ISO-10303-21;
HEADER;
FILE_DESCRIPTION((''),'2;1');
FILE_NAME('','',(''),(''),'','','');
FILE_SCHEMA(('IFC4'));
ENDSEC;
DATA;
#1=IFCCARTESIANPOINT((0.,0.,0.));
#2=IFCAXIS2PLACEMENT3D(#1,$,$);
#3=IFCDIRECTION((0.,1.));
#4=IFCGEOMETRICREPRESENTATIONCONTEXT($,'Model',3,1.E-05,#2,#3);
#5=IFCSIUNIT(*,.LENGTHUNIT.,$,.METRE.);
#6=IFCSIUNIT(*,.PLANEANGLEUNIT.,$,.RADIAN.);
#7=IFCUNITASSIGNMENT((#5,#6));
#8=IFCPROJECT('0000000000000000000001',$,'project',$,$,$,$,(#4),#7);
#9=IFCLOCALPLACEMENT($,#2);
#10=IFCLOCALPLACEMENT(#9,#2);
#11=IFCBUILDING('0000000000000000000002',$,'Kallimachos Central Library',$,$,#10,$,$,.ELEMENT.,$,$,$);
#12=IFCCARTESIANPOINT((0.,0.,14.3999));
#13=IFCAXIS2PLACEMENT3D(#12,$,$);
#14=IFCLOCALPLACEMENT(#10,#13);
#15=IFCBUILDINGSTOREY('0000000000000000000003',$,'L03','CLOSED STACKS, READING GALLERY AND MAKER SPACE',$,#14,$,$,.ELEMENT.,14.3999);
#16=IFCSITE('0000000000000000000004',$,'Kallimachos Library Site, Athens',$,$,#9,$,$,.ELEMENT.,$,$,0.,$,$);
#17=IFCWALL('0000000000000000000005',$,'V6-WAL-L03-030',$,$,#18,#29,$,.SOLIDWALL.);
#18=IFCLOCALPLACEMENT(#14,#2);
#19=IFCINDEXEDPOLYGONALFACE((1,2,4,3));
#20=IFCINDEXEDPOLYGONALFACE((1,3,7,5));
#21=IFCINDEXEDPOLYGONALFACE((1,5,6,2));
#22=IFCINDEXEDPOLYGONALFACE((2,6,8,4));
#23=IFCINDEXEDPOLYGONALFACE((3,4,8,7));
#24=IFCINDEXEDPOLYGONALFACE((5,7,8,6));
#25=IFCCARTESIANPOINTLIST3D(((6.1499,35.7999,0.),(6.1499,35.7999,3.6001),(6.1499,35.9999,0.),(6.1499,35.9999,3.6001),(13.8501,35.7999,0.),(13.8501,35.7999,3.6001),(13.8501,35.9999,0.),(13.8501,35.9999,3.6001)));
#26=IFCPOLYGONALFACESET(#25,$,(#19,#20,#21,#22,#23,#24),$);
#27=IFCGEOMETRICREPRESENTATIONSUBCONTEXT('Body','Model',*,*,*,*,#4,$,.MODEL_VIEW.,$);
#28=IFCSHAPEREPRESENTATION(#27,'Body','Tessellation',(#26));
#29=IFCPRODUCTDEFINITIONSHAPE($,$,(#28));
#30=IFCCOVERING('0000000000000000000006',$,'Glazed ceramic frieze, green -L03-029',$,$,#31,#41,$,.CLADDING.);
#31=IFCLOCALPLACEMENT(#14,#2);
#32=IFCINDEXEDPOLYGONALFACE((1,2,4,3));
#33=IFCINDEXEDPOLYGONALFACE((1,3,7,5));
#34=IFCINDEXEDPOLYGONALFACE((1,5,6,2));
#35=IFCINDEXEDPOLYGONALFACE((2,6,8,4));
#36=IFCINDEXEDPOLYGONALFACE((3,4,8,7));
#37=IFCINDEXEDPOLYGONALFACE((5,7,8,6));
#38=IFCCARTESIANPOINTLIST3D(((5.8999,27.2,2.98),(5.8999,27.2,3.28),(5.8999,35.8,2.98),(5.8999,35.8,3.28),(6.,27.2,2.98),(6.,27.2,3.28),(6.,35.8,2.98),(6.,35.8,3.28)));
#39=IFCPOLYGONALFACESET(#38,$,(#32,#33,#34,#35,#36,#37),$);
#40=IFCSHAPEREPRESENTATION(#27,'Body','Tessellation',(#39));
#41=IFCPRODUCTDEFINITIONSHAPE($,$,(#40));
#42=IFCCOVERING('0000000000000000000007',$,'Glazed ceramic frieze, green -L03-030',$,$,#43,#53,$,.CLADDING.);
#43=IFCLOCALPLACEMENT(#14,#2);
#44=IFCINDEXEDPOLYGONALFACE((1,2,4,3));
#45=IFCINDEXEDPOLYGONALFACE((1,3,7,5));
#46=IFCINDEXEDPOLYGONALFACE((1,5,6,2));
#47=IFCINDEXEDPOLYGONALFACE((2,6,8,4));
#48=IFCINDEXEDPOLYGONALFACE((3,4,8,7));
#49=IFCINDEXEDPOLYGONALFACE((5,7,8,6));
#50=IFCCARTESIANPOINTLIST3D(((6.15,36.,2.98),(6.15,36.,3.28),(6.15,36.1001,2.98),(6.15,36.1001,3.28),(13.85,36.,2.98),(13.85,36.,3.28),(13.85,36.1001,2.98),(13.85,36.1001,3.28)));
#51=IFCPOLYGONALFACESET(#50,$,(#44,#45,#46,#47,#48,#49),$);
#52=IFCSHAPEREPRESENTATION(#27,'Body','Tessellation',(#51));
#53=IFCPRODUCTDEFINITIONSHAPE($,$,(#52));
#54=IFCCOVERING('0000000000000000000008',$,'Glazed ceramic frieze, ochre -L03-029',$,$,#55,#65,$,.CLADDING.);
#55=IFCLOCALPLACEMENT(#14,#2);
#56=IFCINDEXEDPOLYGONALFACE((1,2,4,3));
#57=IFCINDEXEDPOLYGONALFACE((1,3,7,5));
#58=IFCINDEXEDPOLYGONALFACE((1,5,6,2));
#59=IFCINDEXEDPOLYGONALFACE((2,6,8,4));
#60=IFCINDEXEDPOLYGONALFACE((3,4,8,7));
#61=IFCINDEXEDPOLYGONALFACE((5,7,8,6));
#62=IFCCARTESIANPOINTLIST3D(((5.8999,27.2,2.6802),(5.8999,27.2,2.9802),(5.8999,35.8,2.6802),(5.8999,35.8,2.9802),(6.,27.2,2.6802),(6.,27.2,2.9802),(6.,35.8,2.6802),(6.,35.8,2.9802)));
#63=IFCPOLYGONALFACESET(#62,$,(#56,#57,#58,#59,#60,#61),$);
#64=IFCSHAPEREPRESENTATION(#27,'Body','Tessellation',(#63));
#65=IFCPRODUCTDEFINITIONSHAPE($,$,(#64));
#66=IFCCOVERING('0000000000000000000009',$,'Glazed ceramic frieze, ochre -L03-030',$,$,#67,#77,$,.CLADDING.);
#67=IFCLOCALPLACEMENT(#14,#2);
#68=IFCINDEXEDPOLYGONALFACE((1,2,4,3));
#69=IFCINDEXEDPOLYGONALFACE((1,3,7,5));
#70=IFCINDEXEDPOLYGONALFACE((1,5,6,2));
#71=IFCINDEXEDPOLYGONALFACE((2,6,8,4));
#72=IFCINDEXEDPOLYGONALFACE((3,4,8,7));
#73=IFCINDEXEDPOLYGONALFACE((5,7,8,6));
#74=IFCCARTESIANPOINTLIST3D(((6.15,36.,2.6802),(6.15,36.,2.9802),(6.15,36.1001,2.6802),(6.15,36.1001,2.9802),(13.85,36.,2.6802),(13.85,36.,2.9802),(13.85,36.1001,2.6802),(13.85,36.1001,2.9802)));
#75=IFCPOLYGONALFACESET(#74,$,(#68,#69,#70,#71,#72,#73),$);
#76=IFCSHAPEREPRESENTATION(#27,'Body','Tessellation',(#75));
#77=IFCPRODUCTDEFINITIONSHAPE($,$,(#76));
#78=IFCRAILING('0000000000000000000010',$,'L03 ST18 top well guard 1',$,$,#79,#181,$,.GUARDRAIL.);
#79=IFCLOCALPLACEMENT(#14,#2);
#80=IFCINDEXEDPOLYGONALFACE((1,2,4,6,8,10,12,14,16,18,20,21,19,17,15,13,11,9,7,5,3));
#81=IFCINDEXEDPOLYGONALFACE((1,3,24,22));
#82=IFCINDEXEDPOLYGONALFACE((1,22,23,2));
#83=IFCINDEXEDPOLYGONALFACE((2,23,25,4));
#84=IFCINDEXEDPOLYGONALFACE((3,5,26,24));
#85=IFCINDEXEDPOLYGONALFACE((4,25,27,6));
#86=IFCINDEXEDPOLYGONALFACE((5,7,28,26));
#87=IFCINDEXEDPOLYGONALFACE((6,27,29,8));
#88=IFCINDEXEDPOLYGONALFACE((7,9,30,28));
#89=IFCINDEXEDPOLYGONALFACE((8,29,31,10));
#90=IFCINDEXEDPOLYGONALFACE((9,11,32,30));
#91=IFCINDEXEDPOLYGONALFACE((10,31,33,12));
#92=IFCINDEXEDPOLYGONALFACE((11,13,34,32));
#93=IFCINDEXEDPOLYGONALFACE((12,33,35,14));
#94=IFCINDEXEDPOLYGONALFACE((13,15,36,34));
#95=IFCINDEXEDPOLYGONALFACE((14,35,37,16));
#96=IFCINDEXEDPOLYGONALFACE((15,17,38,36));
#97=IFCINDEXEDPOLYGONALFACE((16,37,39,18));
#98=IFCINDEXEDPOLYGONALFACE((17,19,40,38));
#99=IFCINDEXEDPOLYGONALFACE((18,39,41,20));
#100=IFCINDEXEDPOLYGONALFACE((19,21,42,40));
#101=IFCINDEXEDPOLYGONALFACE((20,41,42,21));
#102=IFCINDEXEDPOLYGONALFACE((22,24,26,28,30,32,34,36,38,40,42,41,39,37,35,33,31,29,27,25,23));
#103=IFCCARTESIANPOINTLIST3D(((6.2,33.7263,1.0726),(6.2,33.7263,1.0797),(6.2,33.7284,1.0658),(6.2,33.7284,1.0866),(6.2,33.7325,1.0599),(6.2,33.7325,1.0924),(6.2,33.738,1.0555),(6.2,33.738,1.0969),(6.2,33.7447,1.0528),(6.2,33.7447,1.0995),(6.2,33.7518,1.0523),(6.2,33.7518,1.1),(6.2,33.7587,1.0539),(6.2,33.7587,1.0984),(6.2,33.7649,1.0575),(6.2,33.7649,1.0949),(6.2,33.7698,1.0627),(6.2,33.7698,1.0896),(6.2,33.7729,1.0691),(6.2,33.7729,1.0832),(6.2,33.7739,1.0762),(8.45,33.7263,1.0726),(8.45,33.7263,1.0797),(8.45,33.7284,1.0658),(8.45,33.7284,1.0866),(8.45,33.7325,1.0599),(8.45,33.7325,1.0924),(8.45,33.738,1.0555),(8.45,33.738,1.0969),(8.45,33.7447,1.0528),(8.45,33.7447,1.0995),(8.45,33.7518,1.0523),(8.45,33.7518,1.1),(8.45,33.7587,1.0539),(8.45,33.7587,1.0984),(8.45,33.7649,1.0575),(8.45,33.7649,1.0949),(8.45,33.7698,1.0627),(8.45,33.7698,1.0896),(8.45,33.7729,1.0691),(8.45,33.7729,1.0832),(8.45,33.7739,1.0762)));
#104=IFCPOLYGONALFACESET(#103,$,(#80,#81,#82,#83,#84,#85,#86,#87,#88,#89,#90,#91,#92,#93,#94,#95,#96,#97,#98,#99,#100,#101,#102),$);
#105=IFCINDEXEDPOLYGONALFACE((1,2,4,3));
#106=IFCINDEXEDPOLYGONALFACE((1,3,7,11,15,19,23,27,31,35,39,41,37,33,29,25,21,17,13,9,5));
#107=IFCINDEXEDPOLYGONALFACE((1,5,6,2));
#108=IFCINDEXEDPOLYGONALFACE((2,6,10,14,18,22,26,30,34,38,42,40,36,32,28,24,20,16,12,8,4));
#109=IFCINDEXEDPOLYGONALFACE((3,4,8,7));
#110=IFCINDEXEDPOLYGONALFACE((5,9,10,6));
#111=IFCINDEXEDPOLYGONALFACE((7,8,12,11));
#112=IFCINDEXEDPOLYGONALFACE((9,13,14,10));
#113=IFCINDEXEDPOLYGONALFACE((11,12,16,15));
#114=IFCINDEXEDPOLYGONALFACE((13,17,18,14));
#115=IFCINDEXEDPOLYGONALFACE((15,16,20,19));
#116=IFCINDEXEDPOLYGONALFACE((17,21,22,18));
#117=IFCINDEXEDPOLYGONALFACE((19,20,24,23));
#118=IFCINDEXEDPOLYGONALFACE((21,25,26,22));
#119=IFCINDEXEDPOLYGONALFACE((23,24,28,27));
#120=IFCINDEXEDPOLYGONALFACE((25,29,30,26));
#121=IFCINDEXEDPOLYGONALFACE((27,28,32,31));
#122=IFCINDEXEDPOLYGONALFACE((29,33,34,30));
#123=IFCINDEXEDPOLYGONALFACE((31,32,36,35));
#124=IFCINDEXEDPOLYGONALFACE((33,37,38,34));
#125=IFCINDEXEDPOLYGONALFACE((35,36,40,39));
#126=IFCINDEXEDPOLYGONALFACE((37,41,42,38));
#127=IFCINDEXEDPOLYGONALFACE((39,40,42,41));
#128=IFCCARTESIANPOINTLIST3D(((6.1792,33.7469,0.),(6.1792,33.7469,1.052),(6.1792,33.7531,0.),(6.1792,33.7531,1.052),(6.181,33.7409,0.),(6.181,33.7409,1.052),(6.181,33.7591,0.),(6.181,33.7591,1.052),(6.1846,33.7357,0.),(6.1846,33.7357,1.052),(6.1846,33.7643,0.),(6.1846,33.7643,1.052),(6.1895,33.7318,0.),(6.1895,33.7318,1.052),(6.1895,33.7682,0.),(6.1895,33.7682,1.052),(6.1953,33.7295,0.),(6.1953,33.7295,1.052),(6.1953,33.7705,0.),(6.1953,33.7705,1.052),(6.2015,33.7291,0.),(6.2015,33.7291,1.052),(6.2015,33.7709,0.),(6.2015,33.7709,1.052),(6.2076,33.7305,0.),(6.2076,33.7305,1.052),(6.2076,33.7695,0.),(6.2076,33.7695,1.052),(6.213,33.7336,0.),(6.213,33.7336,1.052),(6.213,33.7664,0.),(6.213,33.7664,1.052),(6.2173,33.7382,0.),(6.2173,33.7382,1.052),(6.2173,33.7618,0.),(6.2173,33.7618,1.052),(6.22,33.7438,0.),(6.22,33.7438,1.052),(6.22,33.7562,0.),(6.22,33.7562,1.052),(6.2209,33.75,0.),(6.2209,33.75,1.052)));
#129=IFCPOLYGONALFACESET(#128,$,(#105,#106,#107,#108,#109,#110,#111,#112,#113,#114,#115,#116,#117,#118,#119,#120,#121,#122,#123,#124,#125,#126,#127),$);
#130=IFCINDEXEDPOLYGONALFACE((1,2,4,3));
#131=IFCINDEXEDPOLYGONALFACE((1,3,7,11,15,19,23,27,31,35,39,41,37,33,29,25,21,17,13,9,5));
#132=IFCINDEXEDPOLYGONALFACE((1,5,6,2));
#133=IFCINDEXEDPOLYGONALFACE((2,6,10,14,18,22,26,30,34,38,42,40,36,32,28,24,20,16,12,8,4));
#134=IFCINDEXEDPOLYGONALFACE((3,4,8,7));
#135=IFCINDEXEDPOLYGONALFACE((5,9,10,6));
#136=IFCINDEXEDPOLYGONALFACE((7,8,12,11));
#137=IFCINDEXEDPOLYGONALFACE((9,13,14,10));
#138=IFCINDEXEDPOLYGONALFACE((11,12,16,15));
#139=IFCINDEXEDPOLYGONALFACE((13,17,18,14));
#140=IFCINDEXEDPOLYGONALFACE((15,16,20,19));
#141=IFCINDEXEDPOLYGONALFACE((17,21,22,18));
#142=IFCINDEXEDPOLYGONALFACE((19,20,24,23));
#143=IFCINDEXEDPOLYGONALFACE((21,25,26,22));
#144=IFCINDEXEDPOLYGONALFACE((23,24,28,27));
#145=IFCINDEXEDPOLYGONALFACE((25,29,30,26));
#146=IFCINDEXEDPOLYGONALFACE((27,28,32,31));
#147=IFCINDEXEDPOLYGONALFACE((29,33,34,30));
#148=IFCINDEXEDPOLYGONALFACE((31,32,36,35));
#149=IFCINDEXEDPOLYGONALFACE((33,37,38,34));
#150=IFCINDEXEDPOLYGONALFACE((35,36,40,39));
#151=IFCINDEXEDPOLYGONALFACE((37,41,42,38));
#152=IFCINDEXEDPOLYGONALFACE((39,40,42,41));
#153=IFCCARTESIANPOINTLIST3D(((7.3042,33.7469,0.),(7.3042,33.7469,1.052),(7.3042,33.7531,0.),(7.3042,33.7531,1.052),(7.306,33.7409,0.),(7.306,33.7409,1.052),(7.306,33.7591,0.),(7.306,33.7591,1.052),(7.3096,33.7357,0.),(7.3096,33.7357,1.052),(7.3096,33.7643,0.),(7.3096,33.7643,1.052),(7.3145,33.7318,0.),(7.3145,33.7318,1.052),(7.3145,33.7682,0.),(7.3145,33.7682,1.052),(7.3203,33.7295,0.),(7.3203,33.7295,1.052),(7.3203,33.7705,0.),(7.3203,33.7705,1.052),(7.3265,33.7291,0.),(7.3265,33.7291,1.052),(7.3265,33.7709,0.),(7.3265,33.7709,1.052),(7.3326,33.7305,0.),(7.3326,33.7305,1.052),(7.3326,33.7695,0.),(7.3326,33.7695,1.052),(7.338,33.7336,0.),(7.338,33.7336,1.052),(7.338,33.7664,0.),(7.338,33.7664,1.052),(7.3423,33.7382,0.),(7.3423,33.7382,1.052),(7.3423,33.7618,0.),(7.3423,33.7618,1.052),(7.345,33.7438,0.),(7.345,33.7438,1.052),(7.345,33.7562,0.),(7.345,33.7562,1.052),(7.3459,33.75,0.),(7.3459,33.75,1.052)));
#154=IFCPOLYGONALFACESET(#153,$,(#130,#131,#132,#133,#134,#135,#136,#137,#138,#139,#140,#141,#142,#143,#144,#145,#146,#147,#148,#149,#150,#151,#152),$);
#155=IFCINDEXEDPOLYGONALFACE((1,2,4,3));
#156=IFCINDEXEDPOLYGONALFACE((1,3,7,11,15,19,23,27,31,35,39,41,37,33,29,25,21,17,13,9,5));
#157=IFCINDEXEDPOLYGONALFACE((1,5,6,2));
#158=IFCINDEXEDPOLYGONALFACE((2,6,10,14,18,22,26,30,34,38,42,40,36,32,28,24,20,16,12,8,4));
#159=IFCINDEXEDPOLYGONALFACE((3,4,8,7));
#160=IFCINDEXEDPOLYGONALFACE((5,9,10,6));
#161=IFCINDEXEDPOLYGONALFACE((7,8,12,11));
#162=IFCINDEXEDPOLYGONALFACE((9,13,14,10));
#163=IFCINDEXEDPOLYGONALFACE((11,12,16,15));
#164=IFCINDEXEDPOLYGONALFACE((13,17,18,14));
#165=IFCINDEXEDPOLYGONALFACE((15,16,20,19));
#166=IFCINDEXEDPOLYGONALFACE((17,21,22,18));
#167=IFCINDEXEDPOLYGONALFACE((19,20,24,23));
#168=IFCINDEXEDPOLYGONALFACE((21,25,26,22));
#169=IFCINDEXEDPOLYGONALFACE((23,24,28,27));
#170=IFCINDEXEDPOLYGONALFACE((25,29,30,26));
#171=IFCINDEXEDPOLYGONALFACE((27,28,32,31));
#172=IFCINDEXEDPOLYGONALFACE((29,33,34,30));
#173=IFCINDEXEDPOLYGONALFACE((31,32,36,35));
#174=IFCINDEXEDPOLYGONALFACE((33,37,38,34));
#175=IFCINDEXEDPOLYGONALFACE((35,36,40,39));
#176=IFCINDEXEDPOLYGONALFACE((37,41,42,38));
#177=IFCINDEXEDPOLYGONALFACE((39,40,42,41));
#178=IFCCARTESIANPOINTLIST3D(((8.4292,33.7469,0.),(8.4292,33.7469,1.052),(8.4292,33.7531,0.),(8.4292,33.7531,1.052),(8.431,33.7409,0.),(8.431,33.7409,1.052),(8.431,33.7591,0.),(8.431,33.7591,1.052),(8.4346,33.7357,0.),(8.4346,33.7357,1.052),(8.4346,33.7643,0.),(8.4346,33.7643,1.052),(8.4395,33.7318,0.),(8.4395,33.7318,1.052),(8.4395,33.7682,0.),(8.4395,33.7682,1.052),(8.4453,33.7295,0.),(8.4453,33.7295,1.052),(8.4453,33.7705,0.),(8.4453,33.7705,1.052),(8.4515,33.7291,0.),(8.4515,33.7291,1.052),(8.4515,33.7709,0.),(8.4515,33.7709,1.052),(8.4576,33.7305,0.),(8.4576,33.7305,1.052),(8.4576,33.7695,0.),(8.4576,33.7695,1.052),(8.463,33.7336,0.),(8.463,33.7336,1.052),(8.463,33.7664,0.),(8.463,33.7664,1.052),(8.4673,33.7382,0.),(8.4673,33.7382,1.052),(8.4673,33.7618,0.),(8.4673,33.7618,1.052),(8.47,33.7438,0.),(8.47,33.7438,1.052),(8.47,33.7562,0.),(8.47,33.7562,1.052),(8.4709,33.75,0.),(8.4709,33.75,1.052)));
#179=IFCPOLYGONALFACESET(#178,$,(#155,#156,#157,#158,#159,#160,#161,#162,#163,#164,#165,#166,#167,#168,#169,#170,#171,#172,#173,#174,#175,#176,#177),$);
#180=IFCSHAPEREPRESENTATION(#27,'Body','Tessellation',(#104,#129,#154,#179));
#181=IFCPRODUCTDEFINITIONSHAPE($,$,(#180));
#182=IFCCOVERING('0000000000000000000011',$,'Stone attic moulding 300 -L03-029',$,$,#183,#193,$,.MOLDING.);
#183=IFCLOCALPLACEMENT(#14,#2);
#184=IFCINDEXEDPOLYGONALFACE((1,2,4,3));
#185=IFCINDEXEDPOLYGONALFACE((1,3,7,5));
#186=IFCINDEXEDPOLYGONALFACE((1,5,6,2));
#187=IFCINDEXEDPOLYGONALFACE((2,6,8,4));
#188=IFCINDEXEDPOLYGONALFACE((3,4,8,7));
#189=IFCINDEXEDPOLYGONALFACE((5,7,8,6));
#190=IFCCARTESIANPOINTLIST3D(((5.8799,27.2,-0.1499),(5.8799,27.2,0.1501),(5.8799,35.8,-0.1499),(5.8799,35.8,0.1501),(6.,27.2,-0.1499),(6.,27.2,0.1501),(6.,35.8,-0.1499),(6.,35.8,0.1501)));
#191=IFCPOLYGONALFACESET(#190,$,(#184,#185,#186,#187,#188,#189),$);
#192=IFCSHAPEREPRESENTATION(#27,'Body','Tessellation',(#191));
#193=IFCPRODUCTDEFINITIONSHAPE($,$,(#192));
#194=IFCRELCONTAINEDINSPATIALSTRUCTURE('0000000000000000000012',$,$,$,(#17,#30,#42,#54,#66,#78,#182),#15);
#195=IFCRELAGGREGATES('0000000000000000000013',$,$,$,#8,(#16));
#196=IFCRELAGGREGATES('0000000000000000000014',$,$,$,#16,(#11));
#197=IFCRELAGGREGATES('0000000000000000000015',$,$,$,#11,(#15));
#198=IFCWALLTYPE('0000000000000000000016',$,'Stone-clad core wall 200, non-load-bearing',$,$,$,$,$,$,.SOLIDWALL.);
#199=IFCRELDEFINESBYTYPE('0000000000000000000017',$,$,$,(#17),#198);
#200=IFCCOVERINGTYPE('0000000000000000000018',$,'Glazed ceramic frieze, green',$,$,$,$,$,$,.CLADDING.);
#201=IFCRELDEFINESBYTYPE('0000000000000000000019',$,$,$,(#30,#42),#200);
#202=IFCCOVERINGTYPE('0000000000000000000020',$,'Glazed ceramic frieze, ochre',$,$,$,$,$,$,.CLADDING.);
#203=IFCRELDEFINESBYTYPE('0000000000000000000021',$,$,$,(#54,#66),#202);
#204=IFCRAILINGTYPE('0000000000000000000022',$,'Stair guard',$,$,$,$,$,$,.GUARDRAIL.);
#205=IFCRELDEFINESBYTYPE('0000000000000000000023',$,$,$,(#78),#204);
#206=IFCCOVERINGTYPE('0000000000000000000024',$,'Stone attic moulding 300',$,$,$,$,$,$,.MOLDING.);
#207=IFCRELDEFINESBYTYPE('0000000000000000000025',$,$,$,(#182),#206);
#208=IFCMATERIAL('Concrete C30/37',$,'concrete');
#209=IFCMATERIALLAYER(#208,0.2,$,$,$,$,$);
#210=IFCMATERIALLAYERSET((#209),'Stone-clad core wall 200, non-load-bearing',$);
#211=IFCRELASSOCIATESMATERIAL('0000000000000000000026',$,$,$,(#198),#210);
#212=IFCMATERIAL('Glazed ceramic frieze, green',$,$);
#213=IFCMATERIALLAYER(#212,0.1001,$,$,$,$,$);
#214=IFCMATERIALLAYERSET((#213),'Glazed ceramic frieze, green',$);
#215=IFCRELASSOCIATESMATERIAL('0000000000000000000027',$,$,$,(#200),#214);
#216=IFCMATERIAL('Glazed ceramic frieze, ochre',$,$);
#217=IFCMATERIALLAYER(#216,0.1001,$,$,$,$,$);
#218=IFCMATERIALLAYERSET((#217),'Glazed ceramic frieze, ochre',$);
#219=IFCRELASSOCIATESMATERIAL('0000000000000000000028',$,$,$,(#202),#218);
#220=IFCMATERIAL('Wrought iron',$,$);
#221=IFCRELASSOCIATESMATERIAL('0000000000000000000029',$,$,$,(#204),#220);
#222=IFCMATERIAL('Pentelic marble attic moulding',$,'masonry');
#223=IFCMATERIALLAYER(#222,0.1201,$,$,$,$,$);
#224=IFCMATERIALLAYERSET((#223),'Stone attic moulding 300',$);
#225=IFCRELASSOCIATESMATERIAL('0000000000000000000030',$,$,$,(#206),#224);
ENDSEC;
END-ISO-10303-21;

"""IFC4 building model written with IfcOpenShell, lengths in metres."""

from ifc_helpers import new_model, si_unit, direction, frame, frame_2d, origin, origin_2d, place, context, subcontext, project, spatial, rectangle, circle, extrude, material, layer, layer_set, type_object, element, save


model = new_model("IFC4")

# Units and contexts
model_context = context("Model", 3, precision=1e-05, world=origin(), true_north=direction((0.0, 1.0)))
body_context = subcontext(model_context, "Body", "Model", "MODEL_VIEW")
ifc_project = project(units=[si_unit("LENGTHUNIT", "METRE"), si_unit("PLANEANGLEUNIT", "RADIAN")], contexts=[model_context])

# Site, building, storey
site_placement = place(None, origin())
site = spatial("IfcSite", under=ifc_project, at=site_placement, Name="Kallimachos Library Site, Athens", CompositionType="ELEMENT", RefElevation=0.0)
building_placement = place(site_placement, origin())
building = spatial("IfcBuilding", under=site, at=building_placement, Name="Kallimachos Central Library", CompositionType="ELEMENT")
storey_placement = place(building_placement, frame((0.0, 0.0, 14.3999)))
storey = spatial("IfcBuildingStorey", under=building, at=storey_placement, Name="L03", Description="CLOSED STACKS, READING GALLERY AND MAKER SPACE", CompositionType="ELEMENT", Elevation=14.3999)

# Wall
ifc_material_1 = material(Name="Concrete C30/37", Category="concrete")
ifc_layer_1 = layer(ifc_material_1, 0.2)
ifc_layer_set_1 = layer_set([ifc_layer_1], Name="Stone-clad core wall 200, non-load-bearing")
wall_type_1 = type_object("IfcWallType", Name="Stone-clad core wall 200, non-load-bearing", PredefinedType="SOLIDWALL", material=ifc_layer_set_1)
wall_1_placement = place(storey_placement, frame((6.1499, 35.8999, 0.0), z_axis=(0.0, 0.0, 1.0), x_axis=(1.0, 0.0, 0.0)))
element("IfcWall", 1, at=wall_1_placement, inside=storey, type_object=wall_type_1, Name="V6-WAL-L03-030", PredefinedType="SOLIDWALL", context=body_context, shape_type="SweptSolid", body=[
    extrude(rectangle(XDim=7.7002, YDim=0.2, at=frame_2d((3.8501, 0.0))), origin(), (0.0, 0.0, 1.0), 3.6001),
])

# Coverings
ifc_material_2 = material(Name="Glazed ceramic frieze, green")
ifc_layer_2 = layer(ifc_material_2, 0.1001)
ifc_layer_set_2 = layer_set([ifc_layer_2], Name="Glazed ceramic frieze, green")
covering_type_1 = type_object("IfcCoveringType", Name="Glazed ceramic frieze, green", PredefinedType="CLADDING", material=ifc_layer_set_2)
covering_1_placement = place(storey_placement, frame((5.95, 31.5, 2.98), z_axis=(0.0, 0.0, 1.0), x_axis=(1.0, 0.0, 0.0)))
element("IfcCovering", 2, at=covering_1_placement, inside=storey, type_object=covering_type_1, Name="Glazed ceramic frieze, green -L03-029", PredefinedType="CLADDING", context=body_context, shape_type="SweptSolid", body=[
    extrude(rectangle(XDim=0.1001, YDim=8.6001, at=origin_2d()), origin(), (0.0, 0.0, 1.0), 0.3),
])
covering_2_placement = place(storey_placement, frame((10.0, 36.05, 2.98), z_axis=(0.0, 0.0, 1.0), x_axis=(1.0, 0.0, 0.0)))
element("IfcCovering", 3, at=covering_2_placement, inside=storey, type_object=covering_type_1, Name="Glazed ceramic frieze, green -L03-030", PredefinedType="CLADDING", context=body_context, shape_type="SweptSolid", body=[
    extrude(rectangle(XDim=7.7, YDim=0.1001, at=origin_2d()), origin(), (0.0, 0.0, 1.0), 0.3),
])
ifc_material_3 = material(Name="Glazed ceramic frieze, ochre")
ifc_layer_3 = layer(ifc_material_3, 0.1001)
ifc_layer_set_3 = layer_set([ifc_layer_3], Name="Glazed ceramic frieze, ochre")
covering_type_2 = type_object("IfcCoveringType", Name="Glazed ceramic frieze, ochre", PredefinedType="CLADDING", material=ifc_layer_set_3)
covering_3_placement = place(storey_placement, frame((5.95, 31.5, 2.6802), z_axis=(0.0, 0.0, 1.0), x_axis=(1.0, 0.0, 0.0)))
element("IfcCovering", 4, at=covering_3_placement, inside=storey, type_object=covering_type_2, Name="Glazed ceramic frieze, ochre -L03-029", PredefinedType="CLADDING", context=body_context, shape_type="SweptSolid", body=[
    extrude(rectangle(XDim=0.1001, YDim=8.6001, at=origin_2d()), origin(), (0.0, 0.0, 1.0), 0.3),
])
covering_4_placement = place(storey_placement, frame((10.0, 36.05, 2.6802), z_axis=(0.0, 0.0, 1.0), x_axis=(1.0, 0.0, 0.0)))
element("IfcCovering", 5, at=covering_4_placement, inside=storey, type_object=covering_type_2, Name="Glazed ceramic frieze, ochre -L03-030", PredefinedType="CLADDING", context=body_context, shape_type="SweptSolid", body=[
    extrude(rectangle(XDim=7.7, YDim=0.1001, at=origin_2d()), origin(), (0.0, 0.0, 1.0), 0.3),
])

# Railing
ifc_material_4 = material(Name="Wrought iron")
railing_type = type_object("IfcRailingType", Name="Stair guard", PredefinedType="GUARDRAIL", material=ifc_material_4)
railing_placement = place(storey_placement, frame((6.2, 33.75, 0.0)))
element("IfcRailing", 6, at=railing_placement, inside=storey, type_object=railing_type, Name="L03 ST18 top well guard 1", PredefinedType="GUARDRAIL", context=body_context, shape_type="SweptSolid", body=[
    extrude(circle(Radius=0.0239, at=origin_2d()), frame((0.0, 0.0, 1.0762), z_axis=(1.0, 0.0, 0.0), x_axis=(0.0, 1.0, 0.0)), (0.0, 0.0, 1.0), 2.25),
    extrude(circle(Radius=0.021, at=origin_2d()), origin(), (0.0, 0.0, 1.0), 1.052),
    extrude(circle(Radius=0.021, at=origin_2d()), frame((1.125, 0.0, 0.0)), (0.0, 0.0, 1.0), 1.052),
    extrude(circle(Radius=0.021, at=origin_2d()), frame((2.25, 0.0, 0.0)), (0.0, 0.0, 1.0), 1.052),
])

# Covering
ifc_material_5 = material(Name="Pentelic marble attic moulding", Category="masonry")
ifc_layer_4 = layer(ifc_material_5, 0.1201)
ifc_layer_set_4 = layer_set([ifc_layer_4], Name="Stone attic moulding 300")
covering_type_3 = type_object("IfcCoveringType", Name="Stone attic moulding 300", PredefinedType="MOLDING", material=ifc_layer_set_4)
covering_5_placement = place(storey_placement, frame((5.9399, 31.5, -0.1499), z_axis=(0.0, 0.0, 1.0), x_axis=(1.0, 0.0, 0.0)))
element("IfcCovering", 7, at=covering_5_placement, inside=storey, type_object=covering_type_3, Name="Stone attic moulding 300 -L03-029", PredefinedType="MOLDING", context=body_context, shape_type="SweptSolid", body=[
    extrude(rectangle(XDim=0.1201, YDim=8.6001, at=origin_2d()), origin(), (0.0, 0.0, 1.0), 0.3),
])

save(model, "model.ifc")
